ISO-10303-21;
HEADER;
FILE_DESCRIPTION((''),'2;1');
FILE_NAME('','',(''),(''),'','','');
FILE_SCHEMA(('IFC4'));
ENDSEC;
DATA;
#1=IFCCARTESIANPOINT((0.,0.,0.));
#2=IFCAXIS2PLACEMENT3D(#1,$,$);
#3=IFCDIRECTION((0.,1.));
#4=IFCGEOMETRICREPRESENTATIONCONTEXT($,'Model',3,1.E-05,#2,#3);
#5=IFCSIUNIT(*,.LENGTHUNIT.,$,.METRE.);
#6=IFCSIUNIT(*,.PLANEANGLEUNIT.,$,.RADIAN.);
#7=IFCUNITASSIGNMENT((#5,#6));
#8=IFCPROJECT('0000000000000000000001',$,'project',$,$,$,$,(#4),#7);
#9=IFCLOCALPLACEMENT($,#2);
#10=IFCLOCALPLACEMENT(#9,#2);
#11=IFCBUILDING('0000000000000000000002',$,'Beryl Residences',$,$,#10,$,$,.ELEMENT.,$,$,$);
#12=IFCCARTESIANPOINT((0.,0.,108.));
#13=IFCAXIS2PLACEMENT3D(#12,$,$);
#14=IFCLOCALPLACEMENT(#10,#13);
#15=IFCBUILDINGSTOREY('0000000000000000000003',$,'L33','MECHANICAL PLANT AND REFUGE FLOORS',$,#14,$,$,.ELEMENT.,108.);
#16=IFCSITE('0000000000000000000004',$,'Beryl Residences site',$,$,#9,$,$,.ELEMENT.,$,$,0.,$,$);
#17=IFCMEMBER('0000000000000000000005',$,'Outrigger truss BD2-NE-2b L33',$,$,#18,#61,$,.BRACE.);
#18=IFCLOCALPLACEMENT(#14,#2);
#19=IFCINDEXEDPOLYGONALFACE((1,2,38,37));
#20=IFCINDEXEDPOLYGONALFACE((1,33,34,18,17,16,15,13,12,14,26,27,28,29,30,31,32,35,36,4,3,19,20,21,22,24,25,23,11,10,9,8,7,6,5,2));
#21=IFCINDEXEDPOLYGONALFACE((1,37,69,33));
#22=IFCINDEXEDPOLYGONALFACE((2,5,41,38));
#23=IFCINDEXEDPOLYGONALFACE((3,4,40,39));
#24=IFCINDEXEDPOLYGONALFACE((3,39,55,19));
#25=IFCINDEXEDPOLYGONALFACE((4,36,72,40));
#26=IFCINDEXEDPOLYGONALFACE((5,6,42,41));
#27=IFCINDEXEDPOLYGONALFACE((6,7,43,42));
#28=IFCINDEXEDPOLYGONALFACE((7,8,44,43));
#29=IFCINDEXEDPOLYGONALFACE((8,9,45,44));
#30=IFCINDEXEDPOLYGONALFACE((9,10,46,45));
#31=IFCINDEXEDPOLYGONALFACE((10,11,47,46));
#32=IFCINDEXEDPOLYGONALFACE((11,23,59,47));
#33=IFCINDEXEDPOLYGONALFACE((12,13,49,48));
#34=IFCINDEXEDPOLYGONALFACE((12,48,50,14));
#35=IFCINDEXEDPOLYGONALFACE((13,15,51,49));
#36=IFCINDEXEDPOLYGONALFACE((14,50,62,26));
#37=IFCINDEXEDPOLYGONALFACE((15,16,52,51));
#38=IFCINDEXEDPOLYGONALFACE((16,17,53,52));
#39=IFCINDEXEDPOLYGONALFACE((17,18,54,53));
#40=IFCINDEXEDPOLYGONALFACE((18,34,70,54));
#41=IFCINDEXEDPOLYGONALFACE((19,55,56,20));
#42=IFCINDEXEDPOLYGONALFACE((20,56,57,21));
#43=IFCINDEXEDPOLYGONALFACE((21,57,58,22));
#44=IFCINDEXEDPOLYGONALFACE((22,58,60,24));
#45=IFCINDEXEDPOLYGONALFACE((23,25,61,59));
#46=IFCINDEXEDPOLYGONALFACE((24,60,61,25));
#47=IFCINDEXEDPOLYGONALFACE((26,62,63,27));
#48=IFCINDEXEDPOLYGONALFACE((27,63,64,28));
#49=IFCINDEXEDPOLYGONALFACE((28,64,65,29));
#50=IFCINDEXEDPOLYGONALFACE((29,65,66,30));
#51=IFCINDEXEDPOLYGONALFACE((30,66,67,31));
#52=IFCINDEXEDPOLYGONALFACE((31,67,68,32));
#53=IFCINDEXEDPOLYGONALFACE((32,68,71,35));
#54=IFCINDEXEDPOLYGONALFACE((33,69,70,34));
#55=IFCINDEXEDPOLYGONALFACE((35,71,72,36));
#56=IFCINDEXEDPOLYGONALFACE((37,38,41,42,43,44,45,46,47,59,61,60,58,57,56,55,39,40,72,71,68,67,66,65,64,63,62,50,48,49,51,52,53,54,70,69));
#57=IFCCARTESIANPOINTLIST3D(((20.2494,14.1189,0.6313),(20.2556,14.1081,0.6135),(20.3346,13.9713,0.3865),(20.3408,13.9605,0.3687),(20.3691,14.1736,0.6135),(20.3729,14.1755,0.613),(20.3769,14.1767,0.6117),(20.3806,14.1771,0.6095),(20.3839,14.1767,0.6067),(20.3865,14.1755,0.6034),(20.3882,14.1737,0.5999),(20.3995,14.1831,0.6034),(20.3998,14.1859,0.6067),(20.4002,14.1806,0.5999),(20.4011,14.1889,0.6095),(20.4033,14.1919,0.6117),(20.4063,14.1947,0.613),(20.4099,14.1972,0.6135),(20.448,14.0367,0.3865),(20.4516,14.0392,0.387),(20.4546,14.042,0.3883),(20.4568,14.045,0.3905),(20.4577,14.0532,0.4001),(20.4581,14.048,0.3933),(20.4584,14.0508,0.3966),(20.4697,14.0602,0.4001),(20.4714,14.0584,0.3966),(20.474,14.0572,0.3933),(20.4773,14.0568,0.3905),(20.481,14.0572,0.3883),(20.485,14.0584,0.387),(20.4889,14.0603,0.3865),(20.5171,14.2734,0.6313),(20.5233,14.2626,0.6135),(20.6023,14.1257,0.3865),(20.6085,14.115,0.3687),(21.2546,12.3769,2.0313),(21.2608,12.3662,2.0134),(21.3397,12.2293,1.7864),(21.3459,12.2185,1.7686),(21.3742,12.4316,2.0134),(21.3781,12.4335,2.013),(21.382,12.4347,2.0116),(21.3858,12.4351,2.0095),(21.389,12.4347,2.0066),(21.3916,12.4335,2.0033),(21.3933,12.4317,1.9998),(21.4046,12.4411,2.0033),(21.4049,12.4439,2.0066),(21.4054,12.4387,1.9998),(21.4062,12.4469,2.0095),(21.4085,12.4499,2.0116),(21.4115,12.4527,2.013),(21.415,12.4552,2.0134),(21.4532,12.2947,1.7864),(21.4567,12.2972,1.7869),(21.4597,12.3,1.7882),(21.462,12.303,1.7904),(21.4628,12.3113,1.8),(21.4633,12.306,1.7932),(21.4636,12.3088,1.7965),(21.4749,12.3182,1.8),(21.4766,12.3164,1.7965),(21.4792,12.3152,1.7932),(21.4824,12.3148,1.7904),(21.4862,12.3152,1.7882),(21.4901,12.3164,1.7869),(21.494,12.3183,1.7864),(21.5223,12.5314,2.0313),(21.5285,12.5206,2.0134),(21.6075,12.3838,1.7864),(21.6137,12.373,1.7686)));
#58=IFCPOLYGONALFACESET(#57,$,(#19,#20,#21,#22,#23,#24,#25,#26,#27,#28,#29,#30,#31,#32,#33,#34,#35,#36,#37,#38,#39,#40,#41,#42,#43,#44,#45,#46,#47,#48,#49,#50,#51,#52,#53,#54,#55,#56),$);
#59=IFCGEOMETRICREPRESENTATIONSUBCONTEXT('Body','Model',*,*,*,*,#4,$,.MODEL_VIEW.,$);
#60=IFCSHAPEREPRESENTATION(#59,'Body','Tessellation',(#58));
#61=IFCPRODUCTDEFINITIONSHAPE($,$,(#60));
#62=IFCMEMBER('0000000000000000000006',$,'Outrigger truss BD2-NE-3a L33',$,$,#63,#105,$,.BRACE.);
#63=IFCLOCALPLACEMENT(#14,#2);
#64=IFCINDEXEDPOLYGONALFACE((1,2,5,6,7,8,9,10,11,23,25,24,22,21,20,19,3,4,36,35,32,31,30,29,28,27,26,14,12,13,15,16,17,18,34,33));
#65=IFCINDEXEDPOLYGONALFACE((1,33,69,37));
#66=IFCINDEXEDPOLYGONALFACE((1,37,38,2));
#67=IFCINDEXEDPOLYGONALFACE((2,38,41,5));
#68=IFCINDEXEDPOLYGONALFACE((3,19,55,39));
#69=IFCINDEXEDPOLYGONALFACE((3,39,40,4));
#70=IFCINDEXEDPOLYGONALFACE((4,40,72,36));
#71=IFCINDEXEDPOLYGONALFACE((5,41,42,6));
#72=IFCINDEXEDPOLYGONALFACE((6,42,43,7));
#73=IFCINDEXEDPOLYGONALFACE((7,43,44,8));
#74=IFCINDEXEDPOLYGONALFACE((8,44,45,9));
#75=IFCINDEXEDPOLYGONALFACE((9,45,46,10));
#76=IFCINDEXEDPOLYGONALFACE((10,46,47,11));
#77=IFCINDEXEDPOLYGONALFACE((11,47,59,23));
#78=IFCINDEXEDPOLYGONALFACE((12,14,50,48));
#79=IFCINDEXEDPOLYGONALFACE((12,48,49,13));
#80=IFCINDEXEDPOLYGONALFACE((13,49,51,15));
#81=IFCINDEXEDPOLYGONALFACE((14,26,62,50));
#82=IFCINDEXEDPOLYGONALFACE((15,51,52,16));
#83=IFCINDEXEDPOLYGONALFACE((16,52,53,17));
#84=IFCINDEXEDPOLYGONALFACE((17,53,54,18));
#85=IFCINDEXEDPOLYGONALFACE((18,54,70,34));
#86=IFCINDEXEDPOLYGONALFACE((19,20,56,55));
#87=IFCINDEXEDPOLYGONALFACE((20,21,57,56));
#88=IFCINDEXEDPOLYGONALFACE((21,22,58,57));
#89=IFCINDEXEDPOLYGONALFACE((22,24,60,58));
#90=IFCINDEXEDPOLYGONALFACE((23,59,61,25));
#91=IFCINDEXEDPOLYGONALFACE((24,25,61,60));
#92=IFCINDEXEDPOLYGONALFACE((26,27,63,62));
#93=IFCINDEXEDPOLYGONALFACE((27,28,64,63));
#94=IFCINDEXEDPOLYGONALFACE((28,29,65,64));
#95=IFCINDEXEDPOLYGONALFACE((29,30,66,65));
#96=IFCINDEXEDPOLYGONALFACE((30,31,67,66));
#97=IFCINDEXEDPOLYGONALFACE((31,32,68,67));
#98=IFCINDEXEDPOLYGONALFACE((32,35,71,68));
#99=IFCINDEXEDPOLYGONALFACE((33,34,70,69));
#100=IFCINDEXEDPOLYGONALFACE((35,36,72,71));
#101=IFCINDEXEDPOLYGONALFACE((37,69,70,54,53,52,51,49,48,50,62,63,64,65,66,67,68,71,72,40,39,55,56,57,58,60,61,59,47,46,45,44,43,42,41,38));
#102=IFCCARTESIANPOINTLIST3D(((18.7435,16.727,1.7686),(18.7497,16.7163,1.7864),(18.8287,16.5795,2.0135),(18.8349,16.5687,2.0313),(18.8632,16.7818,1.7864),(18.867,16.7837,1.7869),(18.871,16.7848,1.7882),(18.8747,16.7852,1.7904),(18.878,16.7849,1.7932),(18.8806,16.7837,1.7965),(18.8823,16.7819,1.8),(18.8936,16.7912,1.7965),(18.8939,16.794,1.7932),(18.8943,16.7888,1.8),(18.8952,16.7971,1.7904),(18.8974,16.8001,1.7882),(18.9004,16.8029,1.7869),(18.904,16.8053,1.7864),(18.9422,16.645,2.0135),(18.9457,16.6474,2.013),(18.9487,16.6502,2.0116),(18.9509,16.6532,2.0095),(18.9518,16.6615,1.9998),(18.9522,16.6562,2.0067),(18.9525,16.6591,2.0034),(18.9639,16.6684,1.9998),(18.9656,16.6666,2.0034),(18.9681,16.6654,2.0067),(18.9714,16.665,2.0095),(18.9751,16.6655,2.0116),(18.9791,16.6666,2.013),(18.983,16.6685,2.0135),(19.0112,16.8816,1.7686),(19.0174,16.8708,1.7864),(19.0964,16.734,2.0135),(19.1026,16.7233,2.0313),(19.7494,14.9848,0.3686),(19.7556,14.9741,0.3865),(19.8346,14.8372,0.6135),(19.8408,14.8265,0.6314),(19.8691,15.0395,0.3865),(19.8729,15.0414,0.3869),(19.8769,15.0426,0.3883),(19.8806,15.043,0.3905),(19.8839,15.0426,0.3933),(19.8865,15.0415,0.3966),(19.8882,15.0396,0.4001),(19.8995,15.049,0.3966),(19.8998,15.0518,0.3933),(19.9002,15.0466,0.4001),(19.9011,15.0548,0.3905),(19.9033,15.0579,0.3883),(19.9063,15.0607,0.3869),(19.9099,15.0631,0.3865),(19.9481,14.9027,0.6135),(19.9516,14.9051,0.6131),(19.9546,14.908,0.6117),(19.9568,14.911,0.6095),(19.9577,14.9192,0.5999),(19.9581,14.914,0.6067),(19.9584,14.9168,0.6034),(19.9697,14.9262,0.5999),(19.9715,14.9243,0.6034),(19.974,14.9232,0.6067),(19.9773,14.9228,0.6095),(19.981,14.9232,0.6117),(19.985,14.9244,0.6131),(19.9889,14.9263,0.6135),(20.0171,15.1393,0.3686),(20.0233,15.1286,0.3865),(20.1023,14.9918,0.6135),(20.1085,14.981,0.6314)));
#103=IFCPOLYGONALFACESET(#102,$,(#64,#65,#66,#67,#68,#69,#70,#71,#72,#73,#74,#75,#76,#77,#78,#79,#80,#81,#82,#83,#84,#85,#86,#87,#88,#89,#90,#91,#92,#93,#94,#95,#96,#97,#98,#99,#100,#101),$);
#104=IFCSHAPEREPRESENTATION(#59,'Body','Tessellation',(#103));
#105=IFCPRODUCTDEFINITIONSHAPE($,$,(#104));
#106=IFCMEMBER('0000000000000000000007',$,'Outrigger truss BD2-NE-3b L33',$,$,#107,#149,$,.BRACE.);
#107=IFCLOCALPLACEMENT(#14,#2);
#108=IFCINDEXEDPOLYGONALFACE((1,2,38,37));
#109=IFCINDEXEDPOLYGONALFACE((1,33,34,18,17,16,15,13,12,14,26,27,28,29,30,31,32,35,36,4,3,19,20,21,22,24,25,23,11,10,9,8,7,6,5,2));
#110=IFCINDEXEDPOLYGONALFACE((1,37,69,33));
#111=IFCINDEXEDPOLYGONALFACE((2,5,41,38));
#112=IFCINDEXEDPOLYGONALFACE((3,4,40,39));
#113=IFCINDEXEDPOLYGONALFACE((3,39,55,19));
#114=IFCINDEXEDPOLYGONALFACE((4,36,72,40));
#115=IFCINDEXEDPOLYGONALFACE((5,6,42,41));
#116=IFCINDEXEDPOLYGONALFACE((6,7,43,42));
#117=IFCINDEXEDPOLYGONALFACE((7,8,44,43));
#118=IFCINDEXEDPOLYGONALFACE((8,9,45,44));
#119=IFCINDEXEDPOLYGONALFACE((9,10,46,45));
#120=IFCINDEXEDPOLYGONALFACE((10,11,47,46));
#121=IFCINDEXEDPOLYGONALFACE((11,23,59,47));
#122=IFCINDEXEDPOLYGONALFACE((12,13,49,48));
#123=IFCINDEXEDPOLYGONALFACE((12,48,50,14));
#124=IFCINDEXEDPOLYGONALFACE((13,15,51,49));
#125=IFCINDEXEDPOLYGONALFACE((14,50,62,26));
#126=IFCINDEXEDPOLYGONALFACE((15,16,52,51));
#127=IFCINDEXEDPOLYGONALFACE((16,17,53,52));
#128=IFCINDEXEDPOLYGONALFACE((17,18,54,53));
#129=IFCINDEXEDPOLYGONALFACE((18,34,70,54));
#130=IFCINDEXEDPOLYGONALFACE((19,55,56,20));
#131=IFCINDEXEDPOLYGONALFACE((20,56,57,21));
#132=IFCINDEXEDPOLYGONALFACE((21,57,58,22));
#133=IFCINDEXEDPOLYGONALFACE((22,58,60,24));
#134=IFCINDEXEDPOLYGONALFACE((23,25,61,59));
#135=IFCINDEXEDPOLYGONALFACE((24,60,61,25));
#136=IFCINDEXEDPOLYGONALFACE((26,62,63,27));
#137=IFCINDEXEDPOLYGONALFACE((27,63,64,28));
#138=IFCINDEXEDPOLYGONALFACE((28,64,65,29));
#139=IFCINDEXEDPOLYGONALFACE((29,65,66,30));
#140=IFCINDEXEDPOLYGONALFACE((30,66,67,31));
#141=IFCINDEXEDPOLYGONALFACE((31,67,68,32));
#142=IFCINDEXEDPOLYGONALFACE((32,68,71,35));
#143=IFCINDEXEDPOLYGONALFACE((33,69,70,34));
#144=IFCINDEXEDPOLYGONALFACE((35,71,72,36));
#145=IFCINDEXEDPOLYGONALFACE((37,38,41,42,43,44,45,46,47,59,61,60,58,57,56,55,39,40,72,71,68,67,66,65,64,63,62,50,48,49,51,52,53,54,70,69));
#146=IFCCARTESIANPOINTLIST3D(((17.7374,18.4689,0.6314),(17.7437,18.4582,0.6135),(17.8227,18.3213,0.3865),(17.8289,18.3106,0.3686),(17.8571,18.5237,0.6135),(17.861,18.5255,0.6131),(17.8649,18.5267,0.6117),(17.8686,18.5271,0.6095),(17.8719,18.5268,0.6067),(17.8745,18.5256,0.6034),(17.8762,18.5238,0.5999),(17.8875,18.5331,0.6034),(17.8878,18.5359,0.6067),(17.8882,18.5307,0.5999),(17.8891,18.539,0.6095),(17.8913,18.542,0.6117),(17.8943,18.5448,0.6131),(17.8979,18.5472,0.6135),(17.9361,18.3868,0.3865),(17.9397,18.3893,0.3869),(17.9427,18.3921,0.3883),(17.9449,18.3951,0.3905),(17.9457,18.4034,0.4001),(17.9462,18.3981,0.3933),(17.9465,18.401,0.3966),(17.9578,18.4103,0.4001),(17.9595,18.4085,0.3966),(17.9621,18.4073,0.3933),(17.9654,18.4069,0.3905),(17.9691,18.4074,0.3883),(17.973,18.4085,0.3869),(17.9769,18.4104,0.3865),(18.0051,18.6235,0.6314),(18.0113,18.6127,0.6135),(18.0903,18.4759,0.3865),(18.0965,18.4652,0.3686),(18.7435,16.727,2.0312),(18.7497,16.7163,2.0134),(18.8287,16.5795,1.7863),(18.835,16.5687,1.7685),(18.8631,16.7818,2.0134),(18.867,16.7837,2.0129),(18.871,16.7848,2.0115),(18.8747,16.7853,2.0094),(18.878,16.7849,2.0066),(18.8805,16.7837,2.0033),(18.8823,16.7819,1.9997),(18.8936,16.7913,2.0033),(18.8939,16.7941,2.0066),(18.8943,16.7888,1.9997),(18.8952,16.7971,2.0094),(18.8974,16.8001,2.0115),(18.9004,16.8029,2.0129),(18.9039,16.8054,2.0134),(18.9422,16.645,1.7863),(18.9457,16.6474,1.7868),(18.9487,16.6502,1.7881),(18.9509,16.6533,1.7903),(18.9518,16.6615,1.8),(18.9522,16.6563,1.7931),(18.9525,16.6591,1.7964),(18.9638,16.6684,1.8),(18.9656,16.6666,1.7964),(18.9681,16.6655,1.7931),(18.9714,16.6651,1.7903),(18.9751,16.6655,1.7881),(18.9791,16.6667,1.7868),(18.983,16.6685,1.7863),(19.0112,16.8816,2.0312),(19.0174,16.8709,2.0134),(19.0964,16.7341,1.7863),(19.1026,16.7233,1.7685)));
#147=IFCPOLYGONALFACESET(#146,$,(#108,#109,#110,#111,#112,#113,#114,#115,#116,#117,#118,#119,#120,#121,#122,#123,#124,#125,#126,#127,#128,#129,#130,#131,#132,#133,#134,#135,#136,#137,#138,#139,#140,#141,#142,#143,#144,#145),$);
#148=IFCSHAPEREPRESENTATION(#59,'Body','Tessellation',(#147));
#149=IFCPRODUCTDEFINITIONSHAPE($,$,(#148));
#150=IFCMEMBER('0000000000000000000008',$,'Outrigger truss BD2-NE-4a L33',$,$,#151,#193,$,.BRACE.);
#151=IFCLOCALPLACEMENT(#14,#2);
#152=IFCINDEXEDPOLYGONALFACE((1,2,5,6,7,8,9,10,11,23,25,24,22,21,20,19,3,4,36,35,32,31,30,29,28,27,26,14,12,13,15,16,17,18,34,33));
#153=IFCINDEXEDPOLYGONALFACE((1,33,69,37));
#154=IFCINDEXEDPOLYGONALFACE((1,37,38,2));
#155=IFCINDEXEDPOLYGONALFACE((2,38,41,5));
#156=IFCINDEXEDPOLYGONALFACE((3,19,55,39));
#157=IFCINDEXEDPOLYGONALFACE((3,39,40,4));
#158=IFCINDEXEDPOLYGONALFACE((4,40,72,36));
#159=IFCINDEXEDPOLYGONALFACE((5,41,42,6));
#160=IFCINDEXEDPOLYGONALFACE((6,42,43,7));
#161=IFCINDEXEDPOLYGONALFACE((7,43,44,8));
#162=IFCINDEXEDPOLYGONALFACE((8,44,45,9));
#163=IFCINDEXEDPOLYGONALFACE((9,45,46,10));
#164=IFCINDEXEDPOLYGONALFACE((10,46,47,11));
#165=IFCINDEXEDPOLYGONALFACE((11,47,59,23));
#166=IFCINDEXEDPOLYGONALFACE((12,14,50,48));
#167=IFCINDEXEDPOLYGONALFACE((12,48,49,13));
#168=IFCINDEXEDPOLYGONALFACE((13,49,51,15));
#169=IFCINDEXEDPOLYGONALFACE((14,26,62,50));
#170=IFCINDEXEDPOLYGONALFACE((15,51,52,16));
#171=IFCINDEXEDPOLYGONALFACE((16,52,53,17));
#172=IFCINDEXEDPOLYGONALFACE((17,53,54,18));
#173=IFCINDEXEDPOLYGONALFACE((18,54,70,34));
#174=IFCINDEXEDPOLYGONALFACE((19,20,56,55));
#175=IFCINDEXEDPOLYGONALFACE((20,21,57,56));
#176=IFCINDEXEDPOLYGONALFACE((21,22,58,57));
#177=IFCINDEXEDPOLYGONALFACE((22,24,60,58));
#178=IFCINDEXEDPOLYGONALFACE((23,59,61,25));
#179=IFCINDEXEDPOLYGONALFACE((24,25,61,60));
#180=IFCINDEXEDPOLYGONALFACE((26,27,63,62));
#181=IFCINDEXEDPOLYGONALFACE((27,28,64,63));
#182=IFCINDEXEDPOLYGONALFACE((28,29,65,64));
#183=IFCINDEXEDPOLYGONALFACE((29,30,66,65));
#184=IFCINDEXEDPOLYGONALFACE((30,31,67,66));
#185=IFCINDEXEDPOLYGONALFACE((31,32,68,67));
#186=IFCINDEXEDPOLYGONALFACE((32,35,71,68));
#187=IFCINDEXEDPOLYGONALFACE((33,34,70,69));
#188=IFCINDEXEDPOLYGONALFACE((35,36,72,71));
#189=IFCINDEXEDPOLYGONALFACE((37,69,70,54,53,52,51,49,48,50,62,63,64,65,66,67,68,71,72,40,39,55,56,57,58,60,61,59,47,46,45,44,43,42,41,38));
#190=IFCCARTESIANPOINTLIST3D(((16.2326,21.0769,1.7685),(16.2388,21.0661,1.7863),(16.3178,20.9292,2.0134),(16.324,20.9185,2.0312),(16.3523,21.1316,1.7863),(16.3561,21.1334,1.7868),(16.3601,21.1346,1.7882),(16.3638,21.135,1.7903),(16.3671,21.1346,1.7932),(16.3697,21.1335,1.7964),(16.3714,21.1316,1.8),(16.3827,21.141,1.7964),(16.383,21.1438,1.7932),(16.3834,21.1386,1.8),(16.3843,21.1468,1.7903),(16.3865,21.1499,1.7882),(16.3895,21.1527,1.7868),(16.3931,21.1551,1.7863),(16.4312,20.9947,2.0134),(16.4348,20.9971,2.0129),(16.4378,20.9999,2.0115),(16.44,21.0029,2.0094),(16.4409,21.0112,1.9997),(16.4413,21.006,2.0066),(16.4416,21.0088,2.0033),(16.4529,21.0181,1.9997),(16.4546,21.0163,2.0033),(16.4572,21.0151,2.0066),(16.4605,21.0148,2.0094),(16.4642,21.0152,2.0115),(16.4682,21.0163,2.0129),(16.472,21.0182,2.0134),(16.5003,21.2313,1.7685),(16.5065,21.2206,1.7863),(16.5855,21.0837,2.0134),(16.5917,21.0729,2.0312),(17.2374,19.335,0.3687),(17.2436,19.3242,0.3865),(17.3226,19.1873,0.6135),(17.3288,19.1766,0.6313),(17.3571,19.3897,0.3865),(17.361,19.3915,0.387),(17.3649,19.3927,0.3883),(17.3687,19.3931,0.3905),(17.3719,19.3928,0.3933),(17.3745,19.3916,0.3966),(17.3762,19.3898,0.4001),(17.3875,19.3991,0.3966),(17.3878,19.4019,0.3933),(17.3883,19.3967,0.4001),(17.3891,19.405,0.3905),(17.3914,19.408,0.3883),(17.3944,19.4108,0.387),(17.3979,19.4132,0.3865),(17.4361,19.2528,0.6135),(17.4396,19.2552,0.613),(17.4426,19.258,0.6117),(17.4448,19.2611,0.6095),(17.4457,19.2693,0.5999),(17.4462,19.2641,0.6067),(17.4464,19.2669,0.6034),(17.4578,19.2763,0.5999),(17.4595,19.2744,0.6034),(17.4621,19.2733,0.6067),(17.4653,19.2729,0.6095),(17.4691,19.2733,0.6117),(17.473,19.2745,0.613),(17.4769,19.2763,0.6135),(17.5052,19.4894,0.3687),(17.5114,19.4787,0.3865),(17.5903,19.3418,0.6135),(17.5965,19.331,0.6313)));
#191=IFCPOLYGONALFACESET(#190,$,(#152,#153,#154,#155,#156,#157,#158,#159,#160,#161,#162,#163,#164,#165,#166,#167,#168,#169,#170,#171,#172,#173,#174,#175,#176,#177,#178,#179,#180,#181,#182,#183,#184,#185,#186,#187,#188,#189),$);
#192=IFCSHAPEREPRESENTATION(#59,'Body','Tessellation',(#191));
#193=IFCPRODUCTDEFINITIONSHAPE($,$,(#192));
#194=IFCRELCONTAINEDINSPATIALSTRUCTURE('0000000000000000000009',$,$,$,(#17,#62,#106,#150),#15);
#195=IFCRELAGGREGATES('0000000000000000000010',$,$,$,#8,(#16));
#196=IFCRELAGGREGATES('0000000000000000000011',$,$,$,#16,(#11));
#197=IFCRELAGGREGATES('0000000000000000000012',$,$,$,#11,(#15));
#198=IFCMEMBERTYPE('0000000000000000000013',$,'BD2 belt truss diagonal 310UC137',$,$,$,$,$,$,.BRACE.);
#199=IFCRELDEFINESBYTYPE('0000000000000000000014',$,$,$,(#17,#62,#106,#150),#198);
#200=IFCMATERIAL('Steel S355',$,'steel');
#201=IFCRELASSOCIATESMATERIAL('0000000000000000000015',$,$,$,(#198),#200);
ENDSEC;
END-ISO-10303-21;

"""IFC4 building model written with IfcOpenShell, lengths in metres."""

from ifc_helpers import new_model, si_unit, direction, frame, origin, origin_2d, place, context, subcontext, project, spatial, i_section, extrude, material, material_profile, profile_set, type_object, element, save


model = new_model("IFC4")

# Units and contexts
model_context = context("Model", 3, precision=1e-05, world=origin(), true_north=direction((0.0, 1.0)))
body_context = subcontext(model_context, "Body", "Model", "MODEL_VIEW")
ifc_project = project(units=[si_unit("LENGTHUNIT", "METRE"), si_unit("PLANEANGLEUNIT", "RADIAN")], contexts=[model_context])

# Site, building, storey
site_placement = place(None, origin())
site = spatial("IfcSite", under=ifc_project, at=site_placement, Name="Beryl Residences site", CompositionType="ELEMENT", RefElevation=0.0)
building_placement = place(site_placement, origin())
building = spatial("IfcBuilding", under=site, at=building_placement, Name="Beryl Residences", CompositionType="ELEMENT")
storey_placement = place(building_placement, frame((0.0, 0.0, 108.0)))
storey = spatial("IfcBuildingStorey", under=building, at=storey_placement, Name="L33", Description="MECHANICAL PLANT AND REFUGE FLOORS", CompositionType="ELEMENT", Elevation=108.0)

# Members
ifc_material_1 = material(Name="Steel S355", Category="steel")
ifc_material_profile_1 = material_profile(ifc_material_1, i_section(OverallWidth=0.3091, OverallDepth=0.3201, WebThickness=0.0139, FlangeThickness=0.0217, FilletRadius=0.0166, at=origin_2d()))
ifc_profile_set_1 = profile_set([ifc_material_profile_1], Name="Steel S355")
member_type_1 = type_object("IfcMemberType", Name="BD2 belt truss diagonal 310UC137", PredefinedType="BRACE", material=ifc_profile_set_1)
member_1_placement = place(storey_placement, frame((20.429, 14.1169, 0.5), z_axis=(0.410192, -0.710886, 0.5713), x_axis=(0.866151, 0.499782, 0.0)))
element("IfcMember", 1, at=member_1_placement, inside=storey, type_object=member_type_1, Name="Outrigger truss BD2-NE-2b L33", PredefinedType="BRACE", context=body_context, shape_type="SweptSolid", body=[
    extrude(i_section(OverallWidth=0.3091, OverallDepth=0.3201, WebThickness=0.0139, FlangeThickness=0.0217, FilletRadius=0.0166, at=origin_2d()), origin(), (0.0, 0.0, 1.0), 2.4504),
])
member_2_placement = place(storey_placement, frame((19.929, 14.9829, 0.5), z_axis=(-0.410411, 0.710848, 0.571189), x_axis=(-0.866024, -0.500003, 0.0)))
element("IfcMember", 2, at=member_2_placement, inside=storey, type_object=member_type_1, Name="Outrigger truss BD2-NE-3a L33", PredefinedType="BRACE", context=body_context, shape_type="SweptSolid", body=[
    extrude(i_section(OverallWidth=0.3091, OverallDepth=0.3201, WebThickness=0.0139, FlangeThickness=0.0217, FilletRadius=0.0166, at=origin_2d()), origin(), (0.0, 0.0, 1.0), 2.4509),
])
member_3_placement = place(storey_placement, frame((17.917, 18.467, 0.5), z_axis=(0.410523, -0.71077, 0.571206), x_axis=(0.865941, 0.500146, 0.0)))
element("IfcMember", 3, at=member_3_placement, inside=storey, type_object=member_type_1, Name="Outrigger truss BD2-NE-3b L33", PredefinedType="BRACE", context=body_context, shape_type="SweptSolid", body=[
    extrude(i_section(OverallWidth=0.3091, OverallDepth=0.3201, WebThickness=0.0139, FlangeThickness=0.0217, FilletRadius=0.0166, at=origin_2d()), origin(), (0.0, 0.0, 1.0), 2.4507),
])
member_4_placement = place(storey_placement, frame((17.417, 19.333, 0.5), z_axis=(-0.410109, 0.710915, 0.571323), x_axis=(-0.866204, -0.499691, 0.0)))
element("IfcMember", 4, at=member_4_placement, inside=storey, type_object=member_type_1, Name="Outrigger truss BD2-NE-4a L33", PredefinedType="BRACE", context=body_context, shape_type="SweptSolid", body=[
    extrude(i_section(OverallWidth=0.3091, OverallDepth=0.3201, WebThickness=0.0139, FlangeThickness=0.0217, FilletRadius=0.0166, at=origin_2d()), origin(), (0.0, 0.0, 1.0), 2.4502),
])

save(model, "model.ifc")
